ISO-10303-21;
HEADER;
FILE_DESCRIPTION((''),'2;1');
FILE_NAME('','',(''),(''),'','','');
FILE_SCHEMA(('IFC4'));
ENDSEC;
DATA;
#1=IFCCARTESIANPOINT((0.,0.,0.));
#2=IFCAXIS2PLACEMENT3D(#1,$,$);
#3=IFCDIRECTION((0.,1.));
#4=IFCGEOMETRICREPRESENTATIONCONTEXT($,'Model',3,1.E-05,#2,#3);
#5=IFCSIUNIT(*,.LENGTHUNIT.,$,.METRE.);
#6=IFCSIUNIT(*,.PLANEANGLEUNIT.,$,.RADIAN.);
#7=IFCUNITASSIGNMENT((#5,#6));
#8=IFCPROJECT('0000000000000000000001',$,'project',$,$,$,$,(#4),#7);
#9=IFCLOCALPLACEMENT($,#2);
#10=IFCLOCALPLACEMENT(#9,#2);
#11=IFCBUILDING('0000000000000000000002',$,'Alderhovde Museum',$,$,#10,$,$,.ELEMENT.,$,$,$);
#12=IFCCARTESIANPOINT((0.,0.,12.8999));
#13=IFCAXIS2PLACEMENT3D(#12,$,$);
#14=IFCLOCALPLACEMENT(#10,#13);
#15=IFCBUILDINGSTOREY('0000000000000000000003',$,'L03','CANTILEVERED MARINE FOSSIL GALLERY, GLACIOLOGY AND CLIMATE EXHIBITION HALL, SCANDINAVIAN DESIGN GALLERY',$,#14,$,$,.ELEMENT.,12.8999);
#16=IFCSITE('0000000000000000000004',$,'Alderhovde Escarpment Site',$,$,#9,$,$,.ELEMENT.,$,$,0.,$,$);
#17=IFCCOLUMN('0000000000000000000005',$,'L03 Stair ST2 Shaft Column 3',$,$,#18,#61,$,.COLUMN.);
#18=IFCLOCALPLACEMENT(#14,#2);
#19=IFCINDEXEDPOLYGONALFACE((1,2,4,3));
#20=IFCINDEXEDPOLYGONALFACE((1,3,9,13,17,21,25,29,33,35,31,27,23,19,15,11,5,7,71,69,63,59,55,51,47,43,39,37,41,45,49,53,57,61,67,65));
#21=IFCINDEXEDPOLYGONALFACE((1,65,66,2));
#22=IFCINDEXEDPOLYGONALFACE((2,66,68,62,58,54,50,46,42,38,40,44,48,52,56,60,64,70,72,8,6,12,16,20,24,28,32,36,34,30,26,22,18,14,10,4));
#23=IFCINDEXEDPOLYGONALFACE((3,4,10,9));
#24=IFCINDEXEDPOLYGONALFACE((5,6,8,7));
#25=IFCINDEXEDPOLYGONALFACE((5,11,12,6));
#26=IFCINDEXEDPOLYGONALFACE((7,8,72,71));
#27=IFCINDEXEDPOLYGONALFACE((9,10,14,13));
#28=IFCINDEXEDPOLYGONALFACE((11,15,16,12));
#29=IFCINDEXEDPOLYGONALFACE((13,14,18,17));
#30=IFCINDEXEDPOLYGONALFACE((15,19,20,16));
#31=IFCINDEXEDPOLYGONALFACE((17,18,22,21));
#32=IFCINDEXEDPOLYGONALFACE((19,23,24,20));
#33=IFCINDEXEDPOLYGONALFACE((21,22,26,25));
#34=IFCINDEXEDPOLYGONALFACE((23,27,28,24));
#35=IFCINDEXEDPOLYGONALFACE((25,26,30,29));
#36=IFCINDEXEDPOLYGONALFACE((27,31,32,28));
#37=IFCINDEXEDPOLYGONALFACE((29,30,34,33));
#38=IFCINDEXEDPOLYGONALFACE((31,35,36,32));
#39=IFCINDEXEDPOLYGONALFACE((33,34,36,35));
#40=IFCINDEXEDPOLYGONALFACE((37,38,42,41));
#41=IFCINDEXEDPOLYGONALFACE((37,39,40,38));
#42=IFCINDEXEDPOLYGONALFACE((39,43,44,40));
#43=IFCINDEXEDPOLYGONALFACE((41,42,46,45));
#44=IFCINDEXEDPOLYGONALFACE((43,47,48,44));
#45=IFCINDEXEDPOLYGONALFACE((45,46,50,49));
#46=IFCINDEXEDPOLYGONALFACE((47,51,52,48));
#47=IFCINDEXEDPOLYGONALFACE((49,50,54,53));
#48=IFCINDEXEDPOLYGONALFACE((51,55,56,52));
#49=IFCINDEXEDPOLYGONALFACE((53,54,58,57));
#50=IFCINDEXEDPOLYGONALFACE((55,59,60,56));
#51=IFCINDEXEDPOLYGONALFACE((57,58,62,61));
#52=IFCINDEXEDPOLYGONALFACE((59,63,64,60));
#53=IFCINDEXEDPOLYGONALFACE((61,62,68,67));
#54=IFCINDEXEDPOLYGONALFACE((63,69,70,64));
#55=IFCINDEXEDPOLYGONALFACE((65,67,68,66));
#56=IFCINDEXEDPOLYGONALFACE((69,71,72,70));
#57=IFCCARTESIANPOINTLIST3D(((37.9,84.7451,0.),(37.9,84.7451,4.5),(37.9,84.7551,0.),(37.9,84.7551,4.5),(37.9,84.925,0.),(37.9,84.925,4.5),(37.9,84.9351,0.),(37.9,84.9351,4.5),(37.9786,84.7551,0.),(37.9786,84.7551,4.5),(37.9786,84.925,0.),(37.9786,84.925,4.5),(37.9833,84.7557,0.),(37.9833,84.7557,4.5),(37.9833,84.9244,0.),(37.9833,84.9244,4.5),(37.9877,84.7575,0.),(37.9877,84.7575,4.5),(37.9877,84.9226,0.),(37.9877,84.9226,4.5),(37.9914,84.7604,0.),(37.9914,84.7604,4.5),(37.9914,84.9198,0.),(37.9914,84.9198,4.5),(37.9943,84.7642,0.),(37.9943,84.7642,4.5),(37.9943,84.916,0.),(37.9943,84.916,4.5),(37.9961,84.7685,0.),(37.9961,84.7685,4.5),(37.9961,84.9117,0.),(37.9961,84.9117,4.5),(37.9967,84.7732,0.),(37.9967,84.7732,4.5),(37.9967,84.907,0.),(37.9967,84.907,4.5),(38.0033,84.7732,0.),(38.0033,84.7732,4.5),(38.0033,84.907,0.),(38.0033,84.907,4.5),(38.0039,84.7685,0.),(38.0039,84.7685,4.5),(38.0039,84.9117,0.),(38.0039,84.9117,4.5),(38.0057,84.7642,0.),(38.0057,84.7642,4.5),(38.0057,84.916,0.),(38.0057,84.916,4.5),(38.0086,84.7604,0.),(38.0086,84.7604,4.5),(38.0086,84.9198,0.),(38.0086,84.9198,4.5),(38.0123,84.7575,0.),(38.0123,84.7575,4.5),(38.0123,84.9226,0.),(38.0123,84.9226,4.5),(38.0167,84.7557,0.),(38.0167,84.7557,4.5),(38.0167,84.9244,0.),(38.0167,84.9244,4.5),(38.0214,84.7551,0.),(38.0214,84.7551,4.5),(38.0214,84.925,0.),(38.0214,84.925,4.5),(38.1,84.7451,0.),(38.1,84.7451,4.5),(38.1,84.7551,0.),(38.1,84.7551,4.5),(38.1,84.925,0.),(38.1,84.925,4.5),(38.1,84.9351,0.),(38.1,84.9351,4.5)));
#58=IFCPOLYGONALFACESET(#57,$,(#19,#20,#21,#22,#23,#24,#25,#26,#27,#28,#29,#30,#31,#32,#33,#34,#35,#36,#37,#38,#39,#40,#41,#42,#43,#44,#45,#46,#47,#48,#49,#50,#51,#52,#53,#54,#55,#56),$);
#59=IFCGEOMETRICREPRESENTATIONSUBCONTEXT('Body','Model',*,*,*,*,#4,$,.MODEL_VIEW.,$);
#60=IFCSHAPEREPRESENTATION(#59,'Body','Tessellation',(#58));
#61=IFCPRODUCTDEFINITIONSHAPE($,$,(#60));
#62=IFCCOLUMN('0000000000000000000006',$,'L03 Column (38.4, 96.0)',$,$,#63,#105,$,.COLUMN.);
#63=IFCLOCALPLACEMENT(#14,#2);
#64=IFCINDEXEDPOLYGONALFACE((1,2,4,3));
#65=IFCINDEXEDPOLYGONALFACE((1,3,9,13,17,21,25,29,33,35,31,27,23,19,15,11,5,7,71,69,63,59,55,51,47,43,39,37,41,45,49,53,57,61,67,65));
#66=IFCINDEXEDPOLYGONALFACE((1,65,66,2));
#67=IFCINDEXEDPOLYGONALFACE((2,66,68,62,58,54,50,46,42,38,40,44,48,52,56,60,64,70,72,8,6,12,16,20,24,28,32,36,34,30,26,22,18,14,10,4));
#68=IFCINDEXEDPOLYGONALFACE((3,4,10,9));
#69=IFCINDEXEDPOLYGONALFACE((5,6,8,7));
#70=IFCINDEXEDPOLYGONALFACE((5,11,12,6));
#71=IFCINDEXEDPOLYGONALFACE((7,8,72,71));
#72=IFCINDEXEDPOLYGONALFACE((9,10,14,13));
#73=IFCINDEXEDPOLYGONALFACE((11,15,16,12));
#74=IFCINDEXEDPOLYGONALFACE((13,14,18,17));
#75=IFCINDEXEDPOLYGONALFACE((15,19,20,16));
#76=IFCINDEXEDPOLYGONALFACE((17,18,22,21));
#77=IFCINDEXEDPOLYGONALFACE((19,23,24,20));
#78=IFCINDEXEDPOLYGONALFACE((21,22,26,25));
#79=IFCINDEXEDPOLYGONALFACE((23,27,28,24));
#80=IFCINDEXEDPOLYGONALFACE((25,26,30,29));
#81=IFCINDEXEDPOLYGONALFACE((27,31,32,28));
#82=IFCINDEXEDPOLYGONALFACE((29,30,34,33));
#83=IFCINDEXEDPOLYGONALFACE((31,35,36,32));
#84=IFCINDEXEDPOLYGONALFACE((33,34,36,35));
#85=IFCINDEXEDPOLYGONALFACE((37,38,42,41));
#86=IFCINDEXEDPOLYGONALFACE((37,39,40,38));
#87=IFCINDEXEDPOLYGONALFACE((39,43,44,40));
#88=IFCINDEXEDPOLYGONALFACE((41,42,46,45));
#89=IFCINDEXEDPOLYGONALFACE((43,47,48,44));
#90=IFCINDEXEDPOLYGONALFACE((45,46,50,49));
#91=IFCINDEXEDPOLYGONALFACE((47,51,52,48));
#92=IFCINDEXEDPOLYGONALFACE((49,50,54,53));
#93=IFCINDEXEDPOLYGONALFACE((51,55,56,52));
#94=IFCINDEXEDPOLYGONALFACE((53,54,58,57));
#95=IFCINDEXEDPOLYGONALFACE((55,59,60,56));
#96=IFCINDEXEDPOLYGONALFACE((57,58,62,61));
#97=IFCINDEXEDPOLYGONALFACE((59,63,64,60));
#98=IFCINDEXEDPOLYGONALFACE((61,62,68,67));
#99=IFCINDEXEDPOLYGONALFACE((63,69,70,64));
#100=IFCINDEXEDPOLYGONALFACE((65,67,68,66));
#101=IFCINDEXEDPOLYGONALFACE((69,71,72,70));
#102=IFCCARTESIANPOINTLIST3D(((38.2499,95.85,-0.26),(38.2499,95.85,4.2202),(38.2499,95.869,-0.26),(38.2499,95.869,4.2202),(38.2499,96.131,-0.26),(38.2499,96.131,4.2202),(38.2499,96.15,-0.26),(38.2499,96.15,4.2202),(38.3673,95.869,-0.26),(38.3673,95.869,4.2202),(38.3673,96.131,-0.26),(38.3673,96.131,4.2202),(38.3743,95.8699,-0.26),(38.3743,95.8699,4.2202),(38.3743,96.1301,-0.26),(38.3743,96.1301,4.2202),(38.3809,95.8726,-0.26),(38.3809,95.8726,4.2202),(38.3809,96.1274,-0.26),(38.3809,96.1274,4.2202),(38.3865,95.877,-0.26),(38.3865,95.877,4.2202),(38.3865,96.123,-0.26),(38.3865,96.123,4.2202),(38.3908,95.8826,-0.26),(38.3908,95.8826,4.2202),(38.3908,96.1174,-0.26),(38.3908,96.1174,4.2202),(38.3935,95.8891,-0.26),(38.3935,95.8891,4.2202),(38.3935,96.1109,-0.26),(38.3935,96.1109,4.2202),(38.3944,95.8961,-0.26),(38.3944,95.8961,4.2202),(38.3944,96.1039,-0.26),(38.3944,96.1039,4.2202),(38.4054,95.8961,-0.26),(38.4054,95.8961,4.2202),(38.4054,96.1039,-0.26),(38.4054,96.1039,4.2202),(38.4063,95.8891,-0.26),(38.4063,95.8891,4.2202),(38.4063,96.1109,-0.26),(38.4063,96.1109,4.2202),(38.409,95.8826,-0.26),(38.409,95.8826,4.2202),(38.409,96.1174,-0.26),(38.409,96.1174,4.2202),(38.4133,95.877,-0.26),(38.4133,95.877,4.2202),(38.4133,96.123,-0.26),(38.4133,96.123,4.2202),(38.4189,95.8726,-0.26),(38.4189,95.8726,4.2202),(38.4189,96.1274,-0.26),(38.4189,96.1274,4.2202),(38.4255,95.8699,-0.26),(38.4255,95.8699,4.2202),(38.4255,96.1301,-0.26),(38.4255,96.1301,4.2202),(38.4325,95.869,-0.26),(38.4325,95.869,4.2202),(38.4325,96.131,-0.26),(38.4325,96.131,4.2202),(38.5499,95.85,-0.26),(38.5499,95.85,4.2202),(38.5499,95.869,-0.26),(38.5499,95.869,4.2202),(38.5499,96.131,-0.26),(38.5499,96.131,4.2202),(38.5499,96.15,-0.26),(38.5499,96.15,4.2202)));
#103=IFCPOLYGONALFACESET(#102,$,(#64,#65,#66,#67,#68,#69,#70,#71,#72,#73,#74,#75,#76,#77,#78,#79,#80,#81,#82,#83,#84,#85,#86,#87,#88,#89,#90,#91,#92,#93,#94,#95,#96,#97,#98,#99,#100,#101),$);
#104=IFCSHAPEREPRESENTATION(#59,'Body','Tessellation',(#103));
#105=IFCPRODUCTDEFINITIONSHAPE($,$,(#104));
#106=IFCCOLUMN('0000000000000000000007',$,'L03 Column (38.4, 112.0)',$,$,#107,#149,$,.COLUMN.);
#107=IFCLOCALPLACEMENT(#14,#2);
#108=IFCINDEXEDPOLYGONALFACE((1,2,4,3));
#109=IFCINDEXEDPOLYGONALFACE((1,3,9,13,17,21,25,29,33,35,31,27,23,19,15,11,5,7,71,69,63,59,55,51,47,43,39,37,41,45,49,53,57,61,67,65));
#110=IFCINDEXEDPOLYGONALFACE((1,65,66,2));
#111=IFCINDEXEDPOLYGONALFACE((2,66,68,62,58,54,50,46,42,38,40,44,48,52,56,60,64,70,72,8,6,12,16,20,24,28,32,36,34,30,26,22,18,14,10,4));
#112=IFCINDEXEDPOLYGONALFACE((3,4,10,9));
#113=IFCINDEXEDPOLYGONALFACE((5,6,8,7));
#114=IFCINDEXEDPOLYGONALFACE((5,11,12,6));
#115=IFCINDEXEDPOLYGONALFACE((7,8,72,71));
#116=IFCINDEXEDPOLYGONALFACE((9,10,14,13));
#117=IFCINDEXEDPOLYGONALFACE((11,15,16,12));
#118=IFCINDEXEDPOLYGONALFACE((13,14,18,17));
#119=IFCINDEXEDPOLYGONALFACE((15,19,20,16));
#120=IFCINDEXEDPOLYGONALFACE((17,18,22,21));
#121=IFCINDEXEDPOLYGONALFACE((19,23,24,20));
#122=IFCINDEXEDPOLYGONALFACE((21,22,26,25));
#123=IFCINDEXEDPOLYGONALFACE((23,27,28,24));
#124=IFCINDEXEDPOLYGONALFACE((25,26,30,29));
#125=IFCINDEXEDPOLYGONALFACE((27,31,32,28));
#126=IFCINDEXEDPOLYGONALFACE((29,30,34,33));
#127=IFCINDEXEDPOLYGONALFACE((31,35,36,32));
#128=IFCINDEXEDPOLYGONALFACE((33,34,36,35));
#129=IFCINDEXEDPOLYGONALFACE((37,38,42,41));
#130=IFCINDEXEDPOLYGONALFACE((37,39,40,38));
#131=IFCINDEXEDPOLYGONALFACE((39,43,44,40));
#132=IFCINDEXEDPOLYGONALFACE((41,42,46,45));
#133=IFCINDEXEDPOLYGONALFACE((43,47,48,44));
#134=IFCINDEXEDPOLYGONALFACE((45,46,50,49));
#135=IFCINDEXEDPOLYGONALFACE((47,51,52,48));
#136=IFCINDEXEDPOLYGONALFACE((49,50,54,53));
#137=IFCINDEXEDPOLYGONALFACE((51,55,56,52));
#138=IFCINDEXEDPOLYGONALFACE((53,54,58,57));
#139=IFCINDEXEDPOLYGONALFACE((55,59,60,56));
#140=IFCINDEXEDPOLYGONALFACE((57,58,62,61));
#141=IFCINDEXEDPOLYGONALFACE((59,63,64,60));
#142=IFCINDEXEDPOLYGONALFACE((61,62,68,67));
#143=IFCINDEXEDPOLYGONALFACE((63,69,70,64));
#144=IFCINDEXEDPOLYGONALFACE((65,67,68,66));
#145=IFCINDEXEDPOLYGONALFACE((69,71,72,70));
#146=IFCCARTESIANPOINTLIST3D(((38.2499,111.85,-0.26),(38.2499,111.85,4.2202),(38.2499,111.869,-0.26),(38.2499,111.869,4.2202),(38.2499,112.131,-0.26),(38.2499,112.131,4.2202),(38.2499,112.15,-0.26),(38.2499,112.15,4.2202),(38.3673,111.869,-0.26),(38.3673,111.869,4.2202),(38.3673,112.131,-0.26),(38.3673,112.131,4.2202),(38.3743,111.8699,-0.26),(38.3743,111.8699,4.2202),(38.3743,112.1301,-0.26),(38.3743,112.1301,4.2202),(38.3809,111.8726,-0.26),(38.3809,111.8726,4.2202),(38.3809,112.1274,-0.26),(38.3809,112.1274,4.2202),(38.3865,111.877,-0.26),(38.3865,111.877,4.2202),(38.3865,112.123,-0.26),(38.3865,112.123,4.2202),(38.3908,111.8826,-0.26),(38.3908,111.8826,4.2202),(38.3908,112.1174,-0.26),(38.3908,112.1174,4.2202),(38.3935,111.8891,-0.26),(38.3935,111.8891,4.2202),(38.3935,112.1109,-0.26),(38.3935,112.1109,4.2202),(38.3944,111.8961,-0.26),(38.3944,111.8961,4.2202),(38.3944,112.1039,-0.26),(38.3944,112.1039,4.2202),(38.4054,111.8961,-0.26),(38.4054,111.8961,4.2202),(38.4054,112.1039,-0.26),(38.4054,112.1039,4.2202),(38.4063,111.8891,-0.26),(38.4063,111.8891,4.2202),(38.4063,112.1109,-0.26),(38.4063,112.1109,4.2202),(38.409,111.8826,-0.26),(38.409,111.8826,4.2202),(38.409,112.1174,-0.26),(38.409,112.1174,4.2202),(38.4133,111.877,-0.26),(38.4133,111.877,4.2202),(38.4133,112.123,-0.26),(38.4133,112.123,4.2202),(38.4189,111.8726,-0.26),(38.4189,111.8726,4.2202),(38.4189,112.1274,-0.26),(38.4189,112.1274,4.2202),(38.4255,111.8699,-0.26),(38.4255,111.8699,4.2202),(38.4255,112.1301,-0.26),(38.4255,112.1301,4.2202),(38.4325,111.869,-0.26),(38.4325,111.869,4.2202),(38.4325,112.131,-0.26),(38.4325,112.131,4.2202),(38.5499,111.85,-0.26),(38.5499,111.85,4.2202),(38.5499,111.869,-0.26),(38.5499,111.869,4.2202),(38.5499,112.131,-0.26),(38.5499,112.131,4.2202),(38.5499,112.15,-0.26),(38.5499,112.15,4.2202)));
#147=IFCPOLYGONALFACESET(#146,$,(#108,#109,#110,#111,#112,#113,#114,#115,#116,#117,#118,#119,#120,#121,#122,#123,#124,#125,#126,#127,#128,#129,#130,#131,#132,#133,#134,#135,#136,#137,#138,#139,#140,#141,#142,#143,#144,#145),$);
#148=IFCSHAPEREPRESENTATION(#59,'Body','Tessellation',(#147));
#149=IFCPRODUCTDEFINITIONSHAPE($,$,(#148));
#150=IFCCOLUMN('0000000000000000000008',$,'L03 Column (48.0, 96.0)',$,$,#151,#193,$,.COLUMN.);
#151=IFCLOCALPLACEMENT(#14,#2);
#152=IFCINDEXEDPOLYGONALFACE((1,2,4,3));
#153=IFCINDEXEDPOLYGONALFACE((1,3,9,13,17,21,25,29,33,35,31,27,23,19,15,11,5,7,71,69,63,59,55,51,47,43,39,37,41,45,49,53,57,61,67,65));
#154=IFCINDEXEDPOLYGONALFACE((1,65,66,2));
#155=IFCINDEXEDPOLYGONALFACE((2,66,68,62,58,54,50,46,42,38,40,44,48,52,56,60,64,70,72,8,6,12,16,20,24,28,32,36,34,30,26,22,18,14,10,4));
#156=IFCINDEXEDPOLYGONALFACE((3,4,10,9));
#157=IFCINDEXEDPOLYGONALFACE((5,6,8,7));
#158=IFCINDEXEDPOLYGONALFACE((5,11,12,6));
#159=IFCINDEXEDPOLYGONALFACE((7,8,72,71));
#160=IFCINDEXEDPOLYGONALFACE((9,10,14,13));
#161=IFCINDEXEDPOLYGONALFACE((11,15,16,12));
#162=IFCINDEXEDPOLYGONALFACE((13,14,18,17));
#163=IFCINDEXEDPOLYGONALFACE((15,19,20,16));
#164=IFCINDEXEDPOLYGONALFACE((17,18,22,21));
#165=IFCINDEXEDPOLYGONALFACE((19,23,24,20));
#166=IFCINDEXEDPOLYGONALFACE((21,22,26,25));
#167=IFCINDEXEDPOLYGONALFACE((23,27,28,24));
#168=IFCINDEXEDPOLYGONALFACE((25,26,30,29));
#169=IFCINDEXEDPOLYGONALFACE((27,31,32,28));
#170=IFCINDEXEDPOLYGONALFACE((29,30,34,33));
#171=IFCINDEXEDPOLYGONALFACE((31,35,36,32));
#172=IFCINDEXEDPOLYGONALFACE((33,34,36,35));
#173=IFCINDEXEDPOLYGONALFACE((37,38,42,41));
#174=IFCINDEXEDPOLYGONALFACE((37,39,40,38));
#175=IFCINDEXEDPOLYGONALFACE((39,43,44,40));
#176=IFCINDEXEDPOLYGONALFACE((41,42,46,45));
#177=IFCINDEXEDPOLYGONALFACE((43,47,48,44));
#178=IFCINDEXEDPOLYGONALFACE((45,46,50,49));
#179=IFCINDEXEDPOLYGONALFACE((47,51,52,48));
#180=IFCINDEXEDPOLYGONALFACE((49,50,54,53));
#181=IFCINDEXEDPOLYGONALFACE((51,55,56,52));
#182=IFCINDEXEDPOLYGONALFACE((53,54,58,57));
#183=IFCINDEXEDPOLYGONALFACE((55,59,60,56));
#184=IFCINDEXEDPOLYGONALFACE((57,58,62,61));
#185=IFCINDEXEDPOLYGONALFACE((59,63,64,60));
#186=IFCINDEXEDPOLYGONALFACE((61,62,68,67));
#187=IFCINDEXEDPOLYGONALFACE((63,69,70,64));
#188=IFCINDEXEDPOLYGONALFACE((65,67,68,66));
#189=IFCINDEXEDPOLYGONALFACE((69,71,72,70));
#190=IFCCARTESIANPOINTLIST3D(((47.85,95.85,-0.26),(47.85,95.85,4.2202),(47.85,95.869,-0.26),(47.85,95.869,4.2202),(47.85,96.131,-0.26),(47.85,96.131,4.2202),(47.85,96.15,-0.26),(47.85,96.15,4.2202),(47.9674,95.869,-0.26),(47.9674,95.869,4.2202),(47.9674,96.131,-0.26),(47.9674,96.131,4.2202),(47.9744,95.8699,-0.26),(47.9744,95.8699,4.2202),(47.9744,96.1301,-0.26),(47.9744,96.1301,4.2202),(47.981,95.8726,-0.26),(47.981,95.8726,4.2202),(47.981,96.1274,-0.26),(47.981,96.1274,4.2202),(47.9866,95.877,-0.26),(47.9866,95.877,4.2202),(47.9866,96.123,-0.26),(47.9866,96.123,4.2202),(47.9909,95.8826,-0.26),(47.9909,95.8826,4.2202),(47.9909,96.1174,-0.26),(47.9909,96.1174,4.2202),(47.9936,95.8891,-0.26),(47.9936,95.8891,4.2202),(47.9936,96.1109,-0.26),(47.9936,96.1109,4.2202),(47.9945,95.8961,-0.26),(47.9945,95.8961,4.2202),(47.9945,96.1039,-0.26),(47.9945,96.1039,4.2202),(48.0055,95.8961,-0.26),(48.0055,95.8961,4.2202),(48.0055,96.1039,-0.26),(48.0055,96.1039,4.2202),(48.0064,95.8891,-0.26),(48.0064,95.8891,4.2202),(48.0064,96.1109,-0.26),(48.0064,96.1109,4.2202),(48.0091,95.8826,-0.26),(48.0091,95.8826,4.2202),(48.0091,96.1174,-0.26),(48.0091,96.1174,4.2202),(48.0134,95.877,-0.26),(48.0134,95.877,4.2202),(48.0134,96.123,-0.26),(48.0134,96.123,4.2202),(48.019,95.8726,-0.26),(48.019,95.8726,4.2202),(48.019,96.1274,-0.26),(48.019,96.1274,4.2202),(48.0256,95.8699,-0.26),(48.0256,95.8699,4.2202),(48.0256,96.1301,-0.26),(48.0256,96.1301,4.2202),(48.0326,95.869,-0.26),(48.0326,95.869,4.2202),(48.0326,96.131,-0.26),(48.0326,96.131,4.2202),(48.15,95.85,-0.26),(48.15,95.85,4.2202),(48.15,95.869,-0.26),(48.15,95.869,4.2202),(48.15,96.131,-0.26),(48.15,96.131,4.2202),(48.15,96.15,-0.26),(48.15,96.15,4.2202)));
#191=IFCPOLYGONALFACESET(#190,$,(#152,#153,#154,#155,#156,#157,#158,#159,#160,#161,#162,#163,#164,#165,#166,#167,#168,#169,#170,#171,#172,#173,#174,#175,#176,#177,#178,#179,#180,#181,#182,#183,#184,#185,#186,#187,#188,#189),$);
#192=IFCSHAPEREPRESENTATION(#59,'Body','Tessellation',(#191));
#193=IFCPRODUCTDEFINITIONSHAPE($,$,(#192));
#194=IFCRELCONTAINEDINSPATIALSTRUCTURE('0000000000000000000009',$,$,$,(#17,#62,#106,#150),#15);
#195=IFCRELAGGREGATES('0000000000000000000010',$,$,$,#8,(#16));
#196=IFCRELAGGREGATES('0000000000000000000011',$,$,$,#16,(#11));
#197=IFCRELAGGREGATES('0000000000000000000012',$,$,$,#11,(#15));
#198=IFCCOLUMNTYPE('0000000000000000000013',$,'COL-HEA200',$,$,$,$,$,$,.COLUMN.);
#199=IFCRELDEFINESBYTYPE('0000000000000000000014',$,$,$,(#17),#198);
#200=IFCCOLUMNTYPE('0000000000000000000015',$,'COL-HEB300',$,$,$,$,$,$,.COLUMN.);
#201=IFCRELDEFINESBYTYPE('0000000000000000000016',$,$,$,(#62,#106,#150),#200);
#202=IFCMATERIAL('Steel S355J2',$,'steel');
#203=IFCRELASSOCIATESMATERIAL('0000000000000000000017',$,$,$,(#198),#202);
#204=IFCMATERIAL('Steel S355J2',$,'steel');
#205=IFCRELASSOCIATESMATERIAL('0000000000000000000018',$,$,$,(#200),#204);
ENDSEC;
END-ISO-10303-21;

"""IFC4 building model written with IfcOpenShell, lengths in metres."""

from ifc_helpers import new_model, si_unit, direction, frame, origin, origin_2d, place, context, subcontext, project, spatial, i_section, extrude, material, material_profile, profile_set, type_object, element, save


model = new_model("IFC4")

# Units and contexts
model_context = context("Model", 3, precision=1e-05, world=origin(), true_north=direction((0.0, 1.0)))
body_context = subcontext(model_context, "Body", "Model", "MODEL_VIEW")
ifc_project = project(units=[si_unit("LENGTHUNIT", "METRE"), si_unit("PLANEANGLEUNIT", "RADIAN")], contexts=[model_context])

# Site, building, storey
site_placement = place(None, origin())
site = spatial("IfcSite", under=ifc_project, at=site_placement, Name="Alderhovde Escarpment Site", CompositionType="ELEMENT", RefElevation=0.0)
building_placement = place(site_placement, origin())
building = spatial("IfcBuilding", under=site, at=building_placement, Name="Alderhovde Museum", CompositionType="ELEMENT")
storey_placement = place(building_placement, frame((0.0, 0.0, 12.8999)))
storey = spatial("IfcBuildingStorey", under=building, at=storey_placement, Name="L03", Description="CANTILEVERED MARINE FOSSIL GALLERY, GLACIOLOGY AND CLIMATE EXHIBITION HALL, SCANDINAVIAN DESIGN GALLERY", CompositionType="ELEMENT", Elevation=12.8999)

# Columns
ifc_material_1 = material(Name="Steel S355J2", Category="steel")
ifc_material_profile_1 = material_profile(ifc_material_1, i_section(OverallWidth=0.2, OverallDepth=0.1899, WebThickness=0.0066, FlangeThickness=0.01, FilletRadius=0.0181, at=origin_2d()), Name="HEA 200")
ifc_profile_set_1 = profile_set([ifc_material_profile_1], Name="Steel S355J2")
column_type_1 = type_object("IfcColumnType", Name="COL-HEA200", PredefinedType="COLUMN", material=ifc_profile_set_1)
column_placement = place(storey_placement, frame((38.0, 84.8401, 0.0), z_axis=(0.0, 0.0, 1.0), x_axis=(1.0, 0.0, 0.0)))
element("IfcColumn", 1, at=column_placement, inside=storey, type_object=column_type_1, Name="L03 Stair ST2 Shaft Column 3", PredefinedType="COLUMN", context=body_context, shape_type="SweptSolid", body=[
    extrude(i_section(OverallWidth=0.2, OverallDepth=0.1899, WebThickness=0.0066, FlangeThickness=0.01, FilletRadius=0.0181, at=origin_2d()), origin(), (0.0, 0.0, 1.0), 4.5),
])
ifc_material_2 = material(Name="Steel S355J2", Category="steel")
ifc_material_profile_2 = material_profile(ifc_material_2, i_section(OverallWidth=0.3, OverallDepth=0.3, WebThickness=0.011, FlangeThickness=0.019, FilletRadius=0.0271, at=origin_2d()), Name="HEB 300")
ifc_profile_set_2 = profile_set([ifc_material_profile_2], Name="Steel S355J2")
column_type_2 = type_object("IfcColumnType", Name="COL-HEB300", PredefinedType="COLUMN", material=ifc_profile_set_2)
for number, where, z_axis, x_axis, name in (
    (2, (38.3999, 96.0, -0.26), (0.0, 0.0, 1.0), (1.0, 0.0, 0.0), "L03 Column (38.4, 96.0)"),
    (3, (38.3999, 112.0, -0.26), (0.0, 0.0, 1.0), (1.0, 0.0, 0.0), "L03 Column (38.4, 112.0)"),
    (4, (48.0, 96.0, -0.26), (0.0, 0.0, 1.0), (1.0, 0.0, 0.0), "L03 Column (48.0, 96.0)"),
):
    element("IfcColumn", number, at=place(storey_placement, frame(where, z_axis=z_axis, x_axis=x_axis)), inside=storey, type_object=column_type_2, Name=name, PredefinedType="COLUMN", context=body_context, shape_type="SweptSolid", body=[
        extrude(i_section(OverallWidth=0.3, OverallDepth=0.3, WebThickness=0.011, FlangeThickness=0.019, FilletRadius=0.0271, at=origin_2d()), origin(), (0.0, 0.0, 1.0), 4.4802),
    ])

save(model, "model.ifc")
